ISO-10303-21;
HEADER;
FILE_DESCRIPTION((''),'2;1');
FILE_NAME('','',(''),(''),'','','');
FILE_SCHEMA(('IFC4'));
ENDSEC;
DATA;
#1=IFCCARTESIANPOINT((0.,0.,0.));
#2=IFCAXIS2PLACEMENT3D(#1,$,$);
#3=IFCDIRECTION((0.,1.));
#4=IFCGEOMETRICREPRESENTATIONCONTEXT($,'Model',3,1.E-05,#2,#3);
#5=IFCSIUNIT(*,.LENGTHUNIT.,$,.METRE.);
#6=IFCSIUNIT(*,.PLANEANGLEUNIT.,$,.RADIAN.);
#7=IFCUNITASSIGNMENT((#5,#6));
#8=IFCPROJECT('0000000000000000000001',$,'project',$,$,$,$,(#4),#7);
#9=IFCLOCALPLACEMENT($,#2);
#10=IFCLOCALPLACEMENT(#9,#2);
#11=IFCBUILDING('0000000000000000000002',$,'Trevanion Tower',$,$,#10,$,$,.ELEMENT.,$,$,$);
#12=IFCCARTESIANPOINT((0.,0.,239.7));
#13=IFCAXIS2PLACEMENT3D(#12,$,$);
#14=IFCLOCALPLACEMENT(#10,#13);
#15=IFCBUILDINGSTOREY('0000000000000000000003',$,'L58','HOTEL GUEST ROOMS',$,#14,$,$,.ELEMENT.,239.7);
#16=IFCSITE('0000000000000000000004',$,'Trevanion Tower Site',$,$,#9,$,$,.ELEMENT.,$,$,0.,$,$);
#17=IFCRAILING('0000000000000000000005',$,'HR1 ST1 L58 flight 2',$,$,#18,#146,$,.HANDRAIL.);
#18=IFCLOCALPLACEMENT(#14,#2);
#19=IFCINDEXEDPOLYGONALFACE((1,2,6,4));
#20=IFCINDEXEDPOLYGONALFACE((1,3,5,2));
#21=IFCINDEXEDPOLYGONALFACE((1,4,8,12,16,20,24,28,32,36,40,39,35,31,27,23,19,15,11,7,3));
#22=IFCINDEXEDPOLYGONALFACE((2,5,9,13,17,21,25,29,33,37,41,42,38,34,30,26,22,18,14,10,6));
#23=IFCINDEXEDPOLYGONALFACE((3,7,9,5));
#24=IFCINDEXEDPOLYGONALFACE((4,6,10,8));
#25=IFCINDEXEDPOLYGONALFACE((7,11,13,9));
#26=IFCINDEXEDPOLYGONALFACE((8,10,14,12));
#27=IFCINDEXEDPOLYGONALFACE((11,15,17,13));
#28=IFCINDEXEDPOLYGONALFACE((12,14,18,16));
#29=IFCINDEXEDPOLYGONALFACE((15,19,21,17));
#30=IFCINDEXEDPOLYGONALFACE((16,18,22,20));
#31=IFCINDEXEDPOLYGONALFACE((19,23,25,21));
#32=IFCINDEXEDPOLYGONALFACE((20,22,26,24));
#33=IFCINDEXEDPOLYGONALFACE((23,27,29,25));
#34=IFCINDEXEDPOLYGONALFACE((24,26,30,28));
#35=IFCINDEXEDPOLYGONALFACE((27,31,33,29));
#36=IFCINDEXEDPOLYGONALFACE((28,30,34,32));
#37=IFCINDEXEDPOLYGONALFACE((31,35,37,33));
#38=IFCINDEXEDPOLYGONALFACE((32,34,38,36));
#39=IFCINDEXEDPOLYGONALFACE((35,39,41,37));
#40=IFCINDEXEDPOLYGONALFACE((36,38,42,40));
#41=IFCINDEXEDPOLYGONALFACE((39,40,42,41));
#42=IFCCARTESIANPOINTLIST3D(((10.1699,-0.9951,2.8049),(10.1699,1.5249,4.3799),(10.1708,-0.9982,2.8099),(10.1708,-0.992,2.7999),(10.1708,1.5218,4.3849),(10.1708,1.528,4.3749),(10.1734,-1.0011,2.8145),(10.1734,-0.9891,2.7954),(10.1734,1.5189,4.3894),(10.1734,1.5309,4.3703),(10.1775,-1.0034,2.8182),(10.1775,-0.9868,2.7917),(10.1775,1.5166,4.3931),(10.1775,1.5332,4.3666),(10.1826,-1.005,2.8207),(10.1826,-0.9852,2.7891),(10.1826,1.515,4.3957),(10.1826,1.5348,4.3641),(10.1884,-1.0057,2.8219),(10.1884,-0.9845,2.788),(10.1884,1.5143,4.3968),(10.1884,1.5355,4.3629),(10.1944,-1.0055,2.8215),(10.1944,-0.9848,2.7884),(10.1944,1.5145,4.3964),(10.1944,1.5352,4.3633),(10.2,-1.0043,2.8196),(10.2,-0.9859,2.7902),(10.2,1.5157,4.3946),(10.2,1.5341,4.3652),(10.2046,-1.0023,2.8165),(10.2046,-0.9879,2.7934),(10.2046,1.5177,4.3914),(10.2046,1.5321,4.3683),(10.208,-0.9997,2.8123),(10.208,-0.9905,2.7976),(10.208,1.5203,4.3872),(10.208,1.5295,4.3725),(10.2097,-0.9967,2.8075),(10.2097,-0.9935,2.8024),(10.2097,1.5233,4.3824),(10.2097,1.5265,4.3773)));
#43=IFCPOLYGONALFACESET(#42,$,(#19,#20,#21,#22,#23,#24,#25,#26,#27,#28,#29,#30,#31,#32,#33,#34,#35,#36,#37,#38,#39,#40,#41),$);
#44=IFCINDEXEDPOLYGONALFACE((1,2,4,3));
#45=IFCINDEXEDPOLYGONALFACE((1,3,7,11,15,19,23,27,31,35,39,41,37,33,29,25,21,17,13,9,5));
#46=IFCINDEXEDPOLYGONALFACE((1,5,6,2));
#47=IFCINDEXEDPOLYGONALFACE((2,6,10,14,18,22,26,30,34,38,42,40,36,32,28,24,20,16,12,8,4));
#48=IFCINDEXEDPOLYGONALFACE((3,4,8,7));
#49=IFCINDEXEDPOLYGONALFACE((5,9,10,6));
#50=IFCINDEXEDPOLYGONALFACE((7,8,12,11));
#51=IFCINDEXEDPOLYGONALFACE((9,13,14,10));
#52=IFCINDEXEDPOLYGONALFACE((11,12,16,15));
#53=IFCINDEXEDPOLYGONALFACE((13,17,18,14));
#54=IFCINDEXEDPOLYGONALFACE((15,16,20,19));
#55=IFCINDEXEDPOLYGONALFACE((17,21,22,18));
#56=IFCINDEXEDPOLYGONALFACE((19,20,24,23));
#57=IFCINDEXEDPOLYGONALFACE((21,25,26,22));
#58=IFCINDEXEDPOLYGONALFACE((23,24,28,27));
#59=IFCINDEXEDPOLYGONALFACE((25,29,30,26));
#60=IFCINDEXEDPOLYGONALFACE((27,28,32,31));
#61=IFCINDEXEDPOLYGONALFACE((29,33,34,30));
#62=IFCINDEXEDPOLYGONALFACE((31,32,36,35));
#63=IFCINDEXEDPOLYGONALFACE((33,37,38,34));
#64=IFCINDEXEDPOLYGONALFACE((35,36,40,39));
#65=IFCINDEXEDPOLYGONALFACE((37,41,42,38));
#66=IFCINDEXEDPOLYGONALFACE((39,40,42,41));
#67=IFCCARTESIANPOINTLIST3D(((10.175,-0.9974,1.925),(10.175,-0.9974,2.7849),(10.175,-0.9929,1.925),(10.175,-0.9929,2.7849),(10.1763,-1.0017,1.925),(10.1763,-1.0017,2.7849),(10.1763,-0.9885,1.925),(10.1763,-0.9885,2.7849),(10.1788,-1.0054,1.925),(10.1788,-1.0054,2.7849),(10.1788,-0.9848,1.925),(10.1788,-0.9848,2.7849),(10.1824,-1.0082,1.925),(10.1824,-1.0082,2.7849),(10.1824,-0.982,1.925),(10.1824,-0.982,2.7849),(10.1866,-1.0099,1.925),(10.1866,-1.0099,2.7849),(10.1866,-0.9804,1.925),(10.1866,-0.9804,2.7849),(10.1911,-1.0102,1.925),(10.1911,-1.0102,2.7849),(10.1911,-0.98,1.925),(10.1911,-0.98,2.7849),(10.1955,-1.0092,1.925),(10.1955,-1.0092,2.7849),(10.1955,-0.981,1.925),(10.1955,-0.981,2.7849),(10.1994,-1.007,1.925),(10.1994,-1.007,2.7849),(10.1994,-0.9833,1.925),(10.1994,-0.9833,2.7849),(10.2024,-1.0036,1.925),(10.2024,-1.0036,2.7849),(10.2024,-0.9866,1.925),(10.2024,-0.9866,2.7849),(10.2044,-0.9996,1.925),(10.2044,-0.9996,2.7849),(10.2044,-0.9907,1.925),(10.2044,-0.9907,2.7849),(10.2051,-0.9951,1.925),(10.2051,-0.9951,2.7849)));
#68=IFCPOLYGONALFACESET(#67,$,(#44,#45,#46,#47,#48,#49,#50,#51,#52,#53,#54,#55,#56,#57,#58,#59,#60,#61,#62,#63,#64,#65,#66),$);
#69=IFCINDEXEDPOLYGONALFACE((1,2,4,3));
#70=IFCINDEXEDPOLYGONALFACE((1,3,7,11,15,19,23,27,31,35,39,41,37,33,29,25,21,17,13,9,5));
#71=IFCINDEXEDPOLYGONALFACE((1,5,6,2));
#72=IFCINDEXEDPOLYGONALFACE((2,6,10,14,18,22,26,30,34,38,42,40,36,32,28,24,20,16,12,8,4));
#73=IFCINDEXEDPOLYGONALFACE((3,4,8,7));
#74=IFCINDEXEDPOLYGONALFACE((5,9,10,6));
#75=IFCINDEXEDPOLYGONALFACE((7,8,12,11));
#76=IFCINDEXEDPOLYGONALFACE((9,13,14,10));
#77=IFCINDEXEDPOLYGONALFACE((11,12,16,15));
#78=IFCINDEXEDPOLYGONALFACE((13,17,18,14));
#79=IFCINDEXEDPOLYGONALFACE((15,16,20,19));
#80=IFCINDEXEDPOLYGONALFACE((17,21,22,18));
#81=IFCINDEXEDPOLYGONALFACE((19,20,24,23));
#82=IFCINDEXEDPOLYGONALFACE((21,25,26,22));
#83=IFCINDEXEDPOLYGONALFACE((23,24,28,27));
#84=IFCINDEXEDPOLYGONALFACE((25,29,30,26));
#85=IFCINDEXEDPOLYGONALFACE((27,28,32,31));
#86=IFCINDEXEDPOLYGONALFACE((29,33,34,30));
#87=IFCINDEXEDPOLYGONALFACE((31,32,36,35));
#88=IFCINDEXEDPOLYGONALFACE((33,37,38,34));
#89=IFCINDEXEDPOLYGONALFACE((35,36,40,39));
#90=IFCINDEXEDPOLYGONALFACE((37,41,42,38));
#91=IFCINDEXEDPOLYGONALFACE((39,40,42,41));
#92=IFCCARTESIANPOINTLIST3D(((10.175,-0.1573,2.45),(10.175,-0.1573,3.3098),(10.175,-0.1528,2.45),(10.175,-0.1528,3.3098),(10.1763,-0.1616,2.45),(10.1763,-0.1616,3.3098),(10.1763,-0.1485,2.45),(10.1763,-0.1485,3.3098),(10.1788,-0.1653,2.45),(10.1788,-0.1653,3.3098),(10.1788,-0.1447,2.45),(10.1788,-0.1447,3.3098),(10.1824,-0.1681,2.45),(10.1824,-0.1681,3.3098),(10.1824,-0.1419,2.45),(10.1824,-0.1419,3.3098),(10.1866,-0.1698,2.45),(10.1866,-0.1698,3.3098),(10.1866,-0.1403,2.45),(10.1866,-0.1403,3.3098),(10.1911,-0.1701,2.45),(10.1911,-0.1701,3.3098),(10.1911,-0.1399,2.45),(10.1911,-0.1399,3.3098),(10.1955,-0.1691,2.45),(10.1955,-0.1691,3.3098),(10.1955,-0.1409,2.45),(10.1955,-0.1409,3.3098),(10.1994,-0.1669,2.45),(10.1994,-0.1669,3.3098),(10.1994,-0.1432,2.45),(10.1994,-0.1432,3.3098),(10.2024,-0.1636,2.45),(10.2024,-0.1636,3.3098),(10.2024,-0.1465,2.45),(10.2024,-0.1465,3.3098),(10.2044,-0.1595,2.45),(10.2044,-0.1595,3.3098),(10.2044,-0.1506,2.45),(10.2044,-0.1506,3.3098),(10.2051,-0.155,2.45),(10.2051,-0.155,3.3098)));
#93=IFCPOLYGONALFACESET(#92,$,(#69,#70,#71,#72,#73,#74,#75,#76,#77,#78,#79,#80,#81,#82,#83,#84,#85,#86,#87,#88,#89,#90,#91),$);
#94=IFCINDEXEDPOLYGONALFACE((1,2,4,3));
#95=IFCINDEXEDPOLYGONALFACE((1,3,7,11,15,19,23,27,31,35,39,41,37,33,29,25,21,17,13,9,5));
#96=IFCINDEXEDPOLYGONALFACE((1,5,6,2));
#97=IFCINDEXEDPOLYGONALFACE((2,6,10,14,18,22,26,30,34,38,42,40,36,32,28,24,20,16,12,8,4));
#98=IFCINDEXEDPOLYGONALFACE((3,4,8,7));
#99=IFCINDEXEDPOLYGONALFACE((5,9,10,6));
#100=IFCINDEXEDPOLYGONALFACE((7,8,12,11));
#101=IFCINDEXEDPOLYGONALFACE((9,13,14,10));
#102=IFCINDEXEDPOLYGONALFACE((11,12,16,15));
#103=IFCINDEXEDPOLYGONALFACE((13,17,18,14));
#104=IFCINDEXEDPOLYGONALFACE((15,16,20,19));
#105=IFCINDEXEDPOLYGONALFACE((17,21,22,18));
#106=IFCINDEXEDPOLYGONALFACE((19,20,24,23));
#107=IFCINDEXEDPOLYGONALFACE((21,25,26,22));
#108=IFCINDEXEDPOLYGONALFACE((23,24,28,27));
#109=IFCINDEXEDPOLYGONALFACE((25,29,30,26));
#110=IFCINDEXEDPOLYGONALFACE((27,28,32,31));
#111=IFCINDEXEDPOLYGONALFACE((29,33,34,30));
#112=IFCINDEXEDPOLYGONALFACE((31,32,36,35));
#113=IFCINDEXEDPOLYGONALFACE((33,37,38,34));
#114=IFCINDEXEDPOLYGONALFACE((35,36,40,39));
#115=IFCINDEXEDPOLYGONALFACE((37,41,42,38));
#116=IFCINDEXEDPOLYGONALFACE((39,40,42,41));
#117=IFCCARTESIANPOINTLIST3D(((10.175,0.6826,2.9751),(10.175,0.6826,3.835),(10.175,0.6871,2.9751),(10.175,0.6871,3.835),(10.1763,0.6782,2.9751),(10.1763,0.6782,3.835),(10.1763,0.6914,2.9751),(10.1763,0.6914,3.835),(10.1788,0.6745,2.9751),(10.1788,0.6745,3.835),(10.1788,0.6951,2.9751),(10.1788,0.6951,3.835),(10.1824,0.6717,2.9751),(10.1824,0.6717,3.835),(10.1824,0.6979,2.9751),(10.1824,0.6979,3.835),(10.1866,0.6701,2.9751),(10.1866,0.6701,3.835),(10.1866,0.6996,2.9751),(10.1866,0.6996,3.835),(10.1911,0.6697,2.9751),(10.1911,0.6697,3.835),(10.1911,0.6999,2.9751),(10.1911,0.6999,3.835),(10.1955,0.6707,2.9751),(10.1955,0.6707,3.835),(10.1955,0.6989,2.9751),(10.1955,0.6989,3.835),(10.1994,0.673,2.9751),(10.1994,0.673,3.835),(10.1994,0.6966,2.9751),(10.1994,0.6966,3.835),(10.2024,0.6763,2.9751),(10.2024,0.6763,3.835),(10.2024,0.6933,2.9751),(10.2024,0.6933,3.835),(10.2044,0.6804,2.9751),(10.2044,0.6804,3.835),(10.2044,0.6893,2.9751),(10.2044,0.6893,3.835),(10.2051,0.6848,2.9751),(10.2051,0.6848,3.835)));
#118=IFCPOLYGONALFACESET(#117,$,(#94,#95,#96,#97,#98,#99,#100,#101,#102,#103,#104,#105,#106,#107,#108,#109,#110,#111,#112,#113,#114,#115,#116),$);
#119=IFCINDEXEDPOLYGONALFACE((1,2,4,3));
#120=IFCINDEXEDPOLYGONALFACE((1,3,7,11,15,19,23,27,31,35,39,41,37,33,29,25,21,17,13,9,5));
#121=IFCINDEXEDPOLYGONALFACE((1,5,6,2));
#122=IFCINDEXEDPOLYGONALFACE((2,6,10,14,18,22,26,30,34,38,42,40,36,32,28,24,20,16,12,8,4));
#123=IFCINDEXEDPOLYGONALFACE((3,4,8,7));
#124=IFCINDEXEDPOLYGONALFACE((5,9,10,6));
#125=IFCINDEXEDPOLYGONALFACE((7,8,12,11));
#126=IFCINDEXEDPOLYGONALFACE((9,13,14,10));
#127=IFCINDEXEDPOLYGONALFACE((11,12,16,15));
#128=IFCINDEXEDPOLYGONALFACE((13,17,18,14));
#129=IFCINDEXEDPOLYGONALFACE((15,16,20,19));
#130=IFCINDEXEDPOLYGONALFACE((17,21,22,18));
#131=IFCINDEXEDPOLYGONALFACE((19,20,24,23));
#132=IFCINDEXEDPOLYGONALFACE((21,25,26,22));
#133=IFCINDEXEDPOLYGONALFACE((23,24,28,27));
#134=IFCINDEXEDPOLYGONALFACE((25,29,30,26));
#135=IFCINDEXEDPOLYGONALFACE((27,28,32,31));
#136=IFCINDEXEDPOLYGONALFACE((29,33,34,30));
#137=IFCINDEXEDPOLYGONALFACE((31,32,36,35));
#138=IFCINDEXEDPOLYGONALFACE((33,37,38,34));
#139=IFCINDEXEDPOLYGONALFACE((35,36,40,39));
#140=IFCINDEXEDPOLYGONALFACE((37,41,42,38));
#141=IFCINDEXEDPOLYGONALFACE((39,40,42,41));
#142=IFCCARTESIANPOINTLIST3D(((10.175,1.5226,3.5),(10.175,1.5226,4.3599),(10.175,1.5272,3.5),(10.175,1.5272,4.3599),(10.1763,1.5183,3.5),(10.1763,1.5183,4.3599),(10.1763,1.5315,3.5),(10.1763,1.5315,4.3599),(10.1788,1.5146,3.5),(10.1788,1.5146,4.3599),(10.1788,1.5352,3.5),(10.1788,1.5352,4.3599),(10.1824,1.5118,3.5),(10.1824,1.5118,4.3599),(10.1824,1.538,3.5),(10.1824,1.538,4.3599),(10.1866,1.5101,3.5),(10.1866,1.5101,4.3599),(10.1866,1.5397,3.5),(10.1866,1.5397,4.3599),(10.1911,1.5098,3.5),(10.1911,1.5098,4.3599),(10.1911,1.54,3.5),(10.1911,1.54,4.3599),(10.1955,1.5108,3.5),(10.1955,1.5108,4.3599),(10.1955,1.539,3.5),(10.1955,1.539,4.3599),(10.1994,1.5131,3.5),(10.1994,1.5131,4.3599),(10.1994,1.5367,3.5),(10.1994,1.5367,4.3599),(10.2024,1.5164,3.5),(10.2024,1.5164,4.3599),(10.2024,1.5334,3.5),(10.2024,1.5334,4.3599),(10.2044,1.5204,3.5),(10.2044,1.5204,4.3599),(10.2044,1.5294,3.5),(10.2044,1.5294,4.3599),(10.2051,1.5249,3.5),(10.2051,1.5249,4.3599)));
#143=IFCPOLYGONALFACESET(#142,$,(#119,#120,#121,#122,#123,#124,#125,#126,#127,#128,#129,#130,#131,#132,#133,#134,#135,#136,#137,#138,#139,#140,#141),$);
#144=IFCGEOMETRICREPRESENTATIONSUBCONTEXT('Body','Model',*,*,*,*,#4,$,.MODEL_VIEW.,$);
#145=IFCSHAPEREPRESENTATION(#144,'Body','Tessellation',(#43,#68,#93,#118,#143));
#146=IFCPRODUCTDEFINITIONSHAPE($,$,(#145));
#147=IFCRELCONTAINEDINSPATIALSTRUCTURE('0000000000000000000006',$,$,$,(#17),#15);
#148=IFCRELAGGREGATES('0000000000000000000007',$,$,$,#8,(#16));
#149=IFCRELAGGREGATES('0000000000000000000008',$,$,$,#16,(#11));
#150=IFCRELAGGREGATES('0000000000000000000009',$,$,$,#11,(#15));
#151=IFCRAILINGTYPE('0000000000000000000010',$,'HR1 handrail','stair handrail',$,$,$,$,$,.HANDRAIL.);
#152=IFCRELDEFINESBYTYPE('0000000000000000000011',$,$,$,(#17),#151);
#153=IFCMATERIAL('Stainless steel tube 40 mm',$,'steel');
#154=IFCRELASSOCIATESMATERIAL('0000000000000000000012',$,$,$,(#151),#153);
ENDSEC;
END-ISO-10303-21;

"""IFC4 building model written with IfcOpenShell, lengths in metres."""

from ifc_helpers import new_model, si_unit, direction, frame, origin, origin_2d, place, context, subcontext, project, spatial, circle, extrude, material, type_object, element, save


model = new_model("IFC4")

# Units and contexts
model_context = context("Model", 3, precision=1e-05, world=origin(), true_north=direction((0.0, 1.0)))
body_context = subcontext(model_context, "Body", "Model", "MODEL_VIEW")
ifc_project = project(units=[si_unit("LENGTHUNIT", "METRE"), si_unit("PLANEANGLEUNIT", "RADIAN")], contexts=[model_context])

# Site, building, storey
site_placement = place(None, origin())
site = spatial("IfcSite", under=ifc_project, at=site_placement, Name="Trevanion Tower Site", CompositionType="ELEMENT", RefElevation=0.0)
building_placement = place(site_placement, origin())
building = spatial("IfcBuilding", under=site, at=building_placement, Name="Trevanion Tower", CompositionType="ELEMENT")
storey_placement = place(building_placement, frame((0.0, 0.0, 239.7)))
storey = spatial("IfcBuildingStorey", under=building, at=storey_placement, Name="L58", Description="HOTEL GUEST ROOMS", CompositionType="ELEMENT", Elevation=239.7)

# Railing
ifc_material_1 = material(Name="Stainless steel tube 40 mm", Category="steel")
railing_type = type_object("IfcRailingType", Name="HR1 handrail", Description="stair handrail", PredefinedType="HANDRAIL", material=ifc_material_1)
for number, where, name in (
    (1, (10.1899, -0.9951, 1.925), "HR1 ST1 L58 flight 2"),
):
    element("IfcRailing", number, at=place(storey_placement, frame(where)), inside=storey, type_object=railing_type, Name=name, PredefinedType="HANDRAIL", context=body_context, shape_type="SweptSolid", body=[
        extrude(circle(Radius=0.02, at=origin_2d()), frame((0.0, 0.0, 0.8799), z_axis=(0.0, 0.848008, 0.529984), x_axis=(-1.0, 0.0, 0.0)), (0.0, 0.0, 1.0), 2.9717),
        extrude(circle(Radius=0.0151, at=origin_2d()), origin(), (0.0, 0.0, 1.0), 0.8599),
        extrude(circle(Radius=0.0151, at=origin_2d()), frame((0.0, 0.8401, 0.5249)), (0.0, 0.0, 1.0), 0.8599),
        extrude(circle(Radius=0.0151, at=origin_2d()), frame((0.0, 1.6799, 1.05)), (0.0, 0.0, 1.0), 0.8599),
        extrude(circle(Radius=0.0151, at=origin_2d()), frame((0.0, 2.52, 1.575)), (0.0, 0.0, 1.0), 0.8599),
    ])

save(model, "model.ifc")
